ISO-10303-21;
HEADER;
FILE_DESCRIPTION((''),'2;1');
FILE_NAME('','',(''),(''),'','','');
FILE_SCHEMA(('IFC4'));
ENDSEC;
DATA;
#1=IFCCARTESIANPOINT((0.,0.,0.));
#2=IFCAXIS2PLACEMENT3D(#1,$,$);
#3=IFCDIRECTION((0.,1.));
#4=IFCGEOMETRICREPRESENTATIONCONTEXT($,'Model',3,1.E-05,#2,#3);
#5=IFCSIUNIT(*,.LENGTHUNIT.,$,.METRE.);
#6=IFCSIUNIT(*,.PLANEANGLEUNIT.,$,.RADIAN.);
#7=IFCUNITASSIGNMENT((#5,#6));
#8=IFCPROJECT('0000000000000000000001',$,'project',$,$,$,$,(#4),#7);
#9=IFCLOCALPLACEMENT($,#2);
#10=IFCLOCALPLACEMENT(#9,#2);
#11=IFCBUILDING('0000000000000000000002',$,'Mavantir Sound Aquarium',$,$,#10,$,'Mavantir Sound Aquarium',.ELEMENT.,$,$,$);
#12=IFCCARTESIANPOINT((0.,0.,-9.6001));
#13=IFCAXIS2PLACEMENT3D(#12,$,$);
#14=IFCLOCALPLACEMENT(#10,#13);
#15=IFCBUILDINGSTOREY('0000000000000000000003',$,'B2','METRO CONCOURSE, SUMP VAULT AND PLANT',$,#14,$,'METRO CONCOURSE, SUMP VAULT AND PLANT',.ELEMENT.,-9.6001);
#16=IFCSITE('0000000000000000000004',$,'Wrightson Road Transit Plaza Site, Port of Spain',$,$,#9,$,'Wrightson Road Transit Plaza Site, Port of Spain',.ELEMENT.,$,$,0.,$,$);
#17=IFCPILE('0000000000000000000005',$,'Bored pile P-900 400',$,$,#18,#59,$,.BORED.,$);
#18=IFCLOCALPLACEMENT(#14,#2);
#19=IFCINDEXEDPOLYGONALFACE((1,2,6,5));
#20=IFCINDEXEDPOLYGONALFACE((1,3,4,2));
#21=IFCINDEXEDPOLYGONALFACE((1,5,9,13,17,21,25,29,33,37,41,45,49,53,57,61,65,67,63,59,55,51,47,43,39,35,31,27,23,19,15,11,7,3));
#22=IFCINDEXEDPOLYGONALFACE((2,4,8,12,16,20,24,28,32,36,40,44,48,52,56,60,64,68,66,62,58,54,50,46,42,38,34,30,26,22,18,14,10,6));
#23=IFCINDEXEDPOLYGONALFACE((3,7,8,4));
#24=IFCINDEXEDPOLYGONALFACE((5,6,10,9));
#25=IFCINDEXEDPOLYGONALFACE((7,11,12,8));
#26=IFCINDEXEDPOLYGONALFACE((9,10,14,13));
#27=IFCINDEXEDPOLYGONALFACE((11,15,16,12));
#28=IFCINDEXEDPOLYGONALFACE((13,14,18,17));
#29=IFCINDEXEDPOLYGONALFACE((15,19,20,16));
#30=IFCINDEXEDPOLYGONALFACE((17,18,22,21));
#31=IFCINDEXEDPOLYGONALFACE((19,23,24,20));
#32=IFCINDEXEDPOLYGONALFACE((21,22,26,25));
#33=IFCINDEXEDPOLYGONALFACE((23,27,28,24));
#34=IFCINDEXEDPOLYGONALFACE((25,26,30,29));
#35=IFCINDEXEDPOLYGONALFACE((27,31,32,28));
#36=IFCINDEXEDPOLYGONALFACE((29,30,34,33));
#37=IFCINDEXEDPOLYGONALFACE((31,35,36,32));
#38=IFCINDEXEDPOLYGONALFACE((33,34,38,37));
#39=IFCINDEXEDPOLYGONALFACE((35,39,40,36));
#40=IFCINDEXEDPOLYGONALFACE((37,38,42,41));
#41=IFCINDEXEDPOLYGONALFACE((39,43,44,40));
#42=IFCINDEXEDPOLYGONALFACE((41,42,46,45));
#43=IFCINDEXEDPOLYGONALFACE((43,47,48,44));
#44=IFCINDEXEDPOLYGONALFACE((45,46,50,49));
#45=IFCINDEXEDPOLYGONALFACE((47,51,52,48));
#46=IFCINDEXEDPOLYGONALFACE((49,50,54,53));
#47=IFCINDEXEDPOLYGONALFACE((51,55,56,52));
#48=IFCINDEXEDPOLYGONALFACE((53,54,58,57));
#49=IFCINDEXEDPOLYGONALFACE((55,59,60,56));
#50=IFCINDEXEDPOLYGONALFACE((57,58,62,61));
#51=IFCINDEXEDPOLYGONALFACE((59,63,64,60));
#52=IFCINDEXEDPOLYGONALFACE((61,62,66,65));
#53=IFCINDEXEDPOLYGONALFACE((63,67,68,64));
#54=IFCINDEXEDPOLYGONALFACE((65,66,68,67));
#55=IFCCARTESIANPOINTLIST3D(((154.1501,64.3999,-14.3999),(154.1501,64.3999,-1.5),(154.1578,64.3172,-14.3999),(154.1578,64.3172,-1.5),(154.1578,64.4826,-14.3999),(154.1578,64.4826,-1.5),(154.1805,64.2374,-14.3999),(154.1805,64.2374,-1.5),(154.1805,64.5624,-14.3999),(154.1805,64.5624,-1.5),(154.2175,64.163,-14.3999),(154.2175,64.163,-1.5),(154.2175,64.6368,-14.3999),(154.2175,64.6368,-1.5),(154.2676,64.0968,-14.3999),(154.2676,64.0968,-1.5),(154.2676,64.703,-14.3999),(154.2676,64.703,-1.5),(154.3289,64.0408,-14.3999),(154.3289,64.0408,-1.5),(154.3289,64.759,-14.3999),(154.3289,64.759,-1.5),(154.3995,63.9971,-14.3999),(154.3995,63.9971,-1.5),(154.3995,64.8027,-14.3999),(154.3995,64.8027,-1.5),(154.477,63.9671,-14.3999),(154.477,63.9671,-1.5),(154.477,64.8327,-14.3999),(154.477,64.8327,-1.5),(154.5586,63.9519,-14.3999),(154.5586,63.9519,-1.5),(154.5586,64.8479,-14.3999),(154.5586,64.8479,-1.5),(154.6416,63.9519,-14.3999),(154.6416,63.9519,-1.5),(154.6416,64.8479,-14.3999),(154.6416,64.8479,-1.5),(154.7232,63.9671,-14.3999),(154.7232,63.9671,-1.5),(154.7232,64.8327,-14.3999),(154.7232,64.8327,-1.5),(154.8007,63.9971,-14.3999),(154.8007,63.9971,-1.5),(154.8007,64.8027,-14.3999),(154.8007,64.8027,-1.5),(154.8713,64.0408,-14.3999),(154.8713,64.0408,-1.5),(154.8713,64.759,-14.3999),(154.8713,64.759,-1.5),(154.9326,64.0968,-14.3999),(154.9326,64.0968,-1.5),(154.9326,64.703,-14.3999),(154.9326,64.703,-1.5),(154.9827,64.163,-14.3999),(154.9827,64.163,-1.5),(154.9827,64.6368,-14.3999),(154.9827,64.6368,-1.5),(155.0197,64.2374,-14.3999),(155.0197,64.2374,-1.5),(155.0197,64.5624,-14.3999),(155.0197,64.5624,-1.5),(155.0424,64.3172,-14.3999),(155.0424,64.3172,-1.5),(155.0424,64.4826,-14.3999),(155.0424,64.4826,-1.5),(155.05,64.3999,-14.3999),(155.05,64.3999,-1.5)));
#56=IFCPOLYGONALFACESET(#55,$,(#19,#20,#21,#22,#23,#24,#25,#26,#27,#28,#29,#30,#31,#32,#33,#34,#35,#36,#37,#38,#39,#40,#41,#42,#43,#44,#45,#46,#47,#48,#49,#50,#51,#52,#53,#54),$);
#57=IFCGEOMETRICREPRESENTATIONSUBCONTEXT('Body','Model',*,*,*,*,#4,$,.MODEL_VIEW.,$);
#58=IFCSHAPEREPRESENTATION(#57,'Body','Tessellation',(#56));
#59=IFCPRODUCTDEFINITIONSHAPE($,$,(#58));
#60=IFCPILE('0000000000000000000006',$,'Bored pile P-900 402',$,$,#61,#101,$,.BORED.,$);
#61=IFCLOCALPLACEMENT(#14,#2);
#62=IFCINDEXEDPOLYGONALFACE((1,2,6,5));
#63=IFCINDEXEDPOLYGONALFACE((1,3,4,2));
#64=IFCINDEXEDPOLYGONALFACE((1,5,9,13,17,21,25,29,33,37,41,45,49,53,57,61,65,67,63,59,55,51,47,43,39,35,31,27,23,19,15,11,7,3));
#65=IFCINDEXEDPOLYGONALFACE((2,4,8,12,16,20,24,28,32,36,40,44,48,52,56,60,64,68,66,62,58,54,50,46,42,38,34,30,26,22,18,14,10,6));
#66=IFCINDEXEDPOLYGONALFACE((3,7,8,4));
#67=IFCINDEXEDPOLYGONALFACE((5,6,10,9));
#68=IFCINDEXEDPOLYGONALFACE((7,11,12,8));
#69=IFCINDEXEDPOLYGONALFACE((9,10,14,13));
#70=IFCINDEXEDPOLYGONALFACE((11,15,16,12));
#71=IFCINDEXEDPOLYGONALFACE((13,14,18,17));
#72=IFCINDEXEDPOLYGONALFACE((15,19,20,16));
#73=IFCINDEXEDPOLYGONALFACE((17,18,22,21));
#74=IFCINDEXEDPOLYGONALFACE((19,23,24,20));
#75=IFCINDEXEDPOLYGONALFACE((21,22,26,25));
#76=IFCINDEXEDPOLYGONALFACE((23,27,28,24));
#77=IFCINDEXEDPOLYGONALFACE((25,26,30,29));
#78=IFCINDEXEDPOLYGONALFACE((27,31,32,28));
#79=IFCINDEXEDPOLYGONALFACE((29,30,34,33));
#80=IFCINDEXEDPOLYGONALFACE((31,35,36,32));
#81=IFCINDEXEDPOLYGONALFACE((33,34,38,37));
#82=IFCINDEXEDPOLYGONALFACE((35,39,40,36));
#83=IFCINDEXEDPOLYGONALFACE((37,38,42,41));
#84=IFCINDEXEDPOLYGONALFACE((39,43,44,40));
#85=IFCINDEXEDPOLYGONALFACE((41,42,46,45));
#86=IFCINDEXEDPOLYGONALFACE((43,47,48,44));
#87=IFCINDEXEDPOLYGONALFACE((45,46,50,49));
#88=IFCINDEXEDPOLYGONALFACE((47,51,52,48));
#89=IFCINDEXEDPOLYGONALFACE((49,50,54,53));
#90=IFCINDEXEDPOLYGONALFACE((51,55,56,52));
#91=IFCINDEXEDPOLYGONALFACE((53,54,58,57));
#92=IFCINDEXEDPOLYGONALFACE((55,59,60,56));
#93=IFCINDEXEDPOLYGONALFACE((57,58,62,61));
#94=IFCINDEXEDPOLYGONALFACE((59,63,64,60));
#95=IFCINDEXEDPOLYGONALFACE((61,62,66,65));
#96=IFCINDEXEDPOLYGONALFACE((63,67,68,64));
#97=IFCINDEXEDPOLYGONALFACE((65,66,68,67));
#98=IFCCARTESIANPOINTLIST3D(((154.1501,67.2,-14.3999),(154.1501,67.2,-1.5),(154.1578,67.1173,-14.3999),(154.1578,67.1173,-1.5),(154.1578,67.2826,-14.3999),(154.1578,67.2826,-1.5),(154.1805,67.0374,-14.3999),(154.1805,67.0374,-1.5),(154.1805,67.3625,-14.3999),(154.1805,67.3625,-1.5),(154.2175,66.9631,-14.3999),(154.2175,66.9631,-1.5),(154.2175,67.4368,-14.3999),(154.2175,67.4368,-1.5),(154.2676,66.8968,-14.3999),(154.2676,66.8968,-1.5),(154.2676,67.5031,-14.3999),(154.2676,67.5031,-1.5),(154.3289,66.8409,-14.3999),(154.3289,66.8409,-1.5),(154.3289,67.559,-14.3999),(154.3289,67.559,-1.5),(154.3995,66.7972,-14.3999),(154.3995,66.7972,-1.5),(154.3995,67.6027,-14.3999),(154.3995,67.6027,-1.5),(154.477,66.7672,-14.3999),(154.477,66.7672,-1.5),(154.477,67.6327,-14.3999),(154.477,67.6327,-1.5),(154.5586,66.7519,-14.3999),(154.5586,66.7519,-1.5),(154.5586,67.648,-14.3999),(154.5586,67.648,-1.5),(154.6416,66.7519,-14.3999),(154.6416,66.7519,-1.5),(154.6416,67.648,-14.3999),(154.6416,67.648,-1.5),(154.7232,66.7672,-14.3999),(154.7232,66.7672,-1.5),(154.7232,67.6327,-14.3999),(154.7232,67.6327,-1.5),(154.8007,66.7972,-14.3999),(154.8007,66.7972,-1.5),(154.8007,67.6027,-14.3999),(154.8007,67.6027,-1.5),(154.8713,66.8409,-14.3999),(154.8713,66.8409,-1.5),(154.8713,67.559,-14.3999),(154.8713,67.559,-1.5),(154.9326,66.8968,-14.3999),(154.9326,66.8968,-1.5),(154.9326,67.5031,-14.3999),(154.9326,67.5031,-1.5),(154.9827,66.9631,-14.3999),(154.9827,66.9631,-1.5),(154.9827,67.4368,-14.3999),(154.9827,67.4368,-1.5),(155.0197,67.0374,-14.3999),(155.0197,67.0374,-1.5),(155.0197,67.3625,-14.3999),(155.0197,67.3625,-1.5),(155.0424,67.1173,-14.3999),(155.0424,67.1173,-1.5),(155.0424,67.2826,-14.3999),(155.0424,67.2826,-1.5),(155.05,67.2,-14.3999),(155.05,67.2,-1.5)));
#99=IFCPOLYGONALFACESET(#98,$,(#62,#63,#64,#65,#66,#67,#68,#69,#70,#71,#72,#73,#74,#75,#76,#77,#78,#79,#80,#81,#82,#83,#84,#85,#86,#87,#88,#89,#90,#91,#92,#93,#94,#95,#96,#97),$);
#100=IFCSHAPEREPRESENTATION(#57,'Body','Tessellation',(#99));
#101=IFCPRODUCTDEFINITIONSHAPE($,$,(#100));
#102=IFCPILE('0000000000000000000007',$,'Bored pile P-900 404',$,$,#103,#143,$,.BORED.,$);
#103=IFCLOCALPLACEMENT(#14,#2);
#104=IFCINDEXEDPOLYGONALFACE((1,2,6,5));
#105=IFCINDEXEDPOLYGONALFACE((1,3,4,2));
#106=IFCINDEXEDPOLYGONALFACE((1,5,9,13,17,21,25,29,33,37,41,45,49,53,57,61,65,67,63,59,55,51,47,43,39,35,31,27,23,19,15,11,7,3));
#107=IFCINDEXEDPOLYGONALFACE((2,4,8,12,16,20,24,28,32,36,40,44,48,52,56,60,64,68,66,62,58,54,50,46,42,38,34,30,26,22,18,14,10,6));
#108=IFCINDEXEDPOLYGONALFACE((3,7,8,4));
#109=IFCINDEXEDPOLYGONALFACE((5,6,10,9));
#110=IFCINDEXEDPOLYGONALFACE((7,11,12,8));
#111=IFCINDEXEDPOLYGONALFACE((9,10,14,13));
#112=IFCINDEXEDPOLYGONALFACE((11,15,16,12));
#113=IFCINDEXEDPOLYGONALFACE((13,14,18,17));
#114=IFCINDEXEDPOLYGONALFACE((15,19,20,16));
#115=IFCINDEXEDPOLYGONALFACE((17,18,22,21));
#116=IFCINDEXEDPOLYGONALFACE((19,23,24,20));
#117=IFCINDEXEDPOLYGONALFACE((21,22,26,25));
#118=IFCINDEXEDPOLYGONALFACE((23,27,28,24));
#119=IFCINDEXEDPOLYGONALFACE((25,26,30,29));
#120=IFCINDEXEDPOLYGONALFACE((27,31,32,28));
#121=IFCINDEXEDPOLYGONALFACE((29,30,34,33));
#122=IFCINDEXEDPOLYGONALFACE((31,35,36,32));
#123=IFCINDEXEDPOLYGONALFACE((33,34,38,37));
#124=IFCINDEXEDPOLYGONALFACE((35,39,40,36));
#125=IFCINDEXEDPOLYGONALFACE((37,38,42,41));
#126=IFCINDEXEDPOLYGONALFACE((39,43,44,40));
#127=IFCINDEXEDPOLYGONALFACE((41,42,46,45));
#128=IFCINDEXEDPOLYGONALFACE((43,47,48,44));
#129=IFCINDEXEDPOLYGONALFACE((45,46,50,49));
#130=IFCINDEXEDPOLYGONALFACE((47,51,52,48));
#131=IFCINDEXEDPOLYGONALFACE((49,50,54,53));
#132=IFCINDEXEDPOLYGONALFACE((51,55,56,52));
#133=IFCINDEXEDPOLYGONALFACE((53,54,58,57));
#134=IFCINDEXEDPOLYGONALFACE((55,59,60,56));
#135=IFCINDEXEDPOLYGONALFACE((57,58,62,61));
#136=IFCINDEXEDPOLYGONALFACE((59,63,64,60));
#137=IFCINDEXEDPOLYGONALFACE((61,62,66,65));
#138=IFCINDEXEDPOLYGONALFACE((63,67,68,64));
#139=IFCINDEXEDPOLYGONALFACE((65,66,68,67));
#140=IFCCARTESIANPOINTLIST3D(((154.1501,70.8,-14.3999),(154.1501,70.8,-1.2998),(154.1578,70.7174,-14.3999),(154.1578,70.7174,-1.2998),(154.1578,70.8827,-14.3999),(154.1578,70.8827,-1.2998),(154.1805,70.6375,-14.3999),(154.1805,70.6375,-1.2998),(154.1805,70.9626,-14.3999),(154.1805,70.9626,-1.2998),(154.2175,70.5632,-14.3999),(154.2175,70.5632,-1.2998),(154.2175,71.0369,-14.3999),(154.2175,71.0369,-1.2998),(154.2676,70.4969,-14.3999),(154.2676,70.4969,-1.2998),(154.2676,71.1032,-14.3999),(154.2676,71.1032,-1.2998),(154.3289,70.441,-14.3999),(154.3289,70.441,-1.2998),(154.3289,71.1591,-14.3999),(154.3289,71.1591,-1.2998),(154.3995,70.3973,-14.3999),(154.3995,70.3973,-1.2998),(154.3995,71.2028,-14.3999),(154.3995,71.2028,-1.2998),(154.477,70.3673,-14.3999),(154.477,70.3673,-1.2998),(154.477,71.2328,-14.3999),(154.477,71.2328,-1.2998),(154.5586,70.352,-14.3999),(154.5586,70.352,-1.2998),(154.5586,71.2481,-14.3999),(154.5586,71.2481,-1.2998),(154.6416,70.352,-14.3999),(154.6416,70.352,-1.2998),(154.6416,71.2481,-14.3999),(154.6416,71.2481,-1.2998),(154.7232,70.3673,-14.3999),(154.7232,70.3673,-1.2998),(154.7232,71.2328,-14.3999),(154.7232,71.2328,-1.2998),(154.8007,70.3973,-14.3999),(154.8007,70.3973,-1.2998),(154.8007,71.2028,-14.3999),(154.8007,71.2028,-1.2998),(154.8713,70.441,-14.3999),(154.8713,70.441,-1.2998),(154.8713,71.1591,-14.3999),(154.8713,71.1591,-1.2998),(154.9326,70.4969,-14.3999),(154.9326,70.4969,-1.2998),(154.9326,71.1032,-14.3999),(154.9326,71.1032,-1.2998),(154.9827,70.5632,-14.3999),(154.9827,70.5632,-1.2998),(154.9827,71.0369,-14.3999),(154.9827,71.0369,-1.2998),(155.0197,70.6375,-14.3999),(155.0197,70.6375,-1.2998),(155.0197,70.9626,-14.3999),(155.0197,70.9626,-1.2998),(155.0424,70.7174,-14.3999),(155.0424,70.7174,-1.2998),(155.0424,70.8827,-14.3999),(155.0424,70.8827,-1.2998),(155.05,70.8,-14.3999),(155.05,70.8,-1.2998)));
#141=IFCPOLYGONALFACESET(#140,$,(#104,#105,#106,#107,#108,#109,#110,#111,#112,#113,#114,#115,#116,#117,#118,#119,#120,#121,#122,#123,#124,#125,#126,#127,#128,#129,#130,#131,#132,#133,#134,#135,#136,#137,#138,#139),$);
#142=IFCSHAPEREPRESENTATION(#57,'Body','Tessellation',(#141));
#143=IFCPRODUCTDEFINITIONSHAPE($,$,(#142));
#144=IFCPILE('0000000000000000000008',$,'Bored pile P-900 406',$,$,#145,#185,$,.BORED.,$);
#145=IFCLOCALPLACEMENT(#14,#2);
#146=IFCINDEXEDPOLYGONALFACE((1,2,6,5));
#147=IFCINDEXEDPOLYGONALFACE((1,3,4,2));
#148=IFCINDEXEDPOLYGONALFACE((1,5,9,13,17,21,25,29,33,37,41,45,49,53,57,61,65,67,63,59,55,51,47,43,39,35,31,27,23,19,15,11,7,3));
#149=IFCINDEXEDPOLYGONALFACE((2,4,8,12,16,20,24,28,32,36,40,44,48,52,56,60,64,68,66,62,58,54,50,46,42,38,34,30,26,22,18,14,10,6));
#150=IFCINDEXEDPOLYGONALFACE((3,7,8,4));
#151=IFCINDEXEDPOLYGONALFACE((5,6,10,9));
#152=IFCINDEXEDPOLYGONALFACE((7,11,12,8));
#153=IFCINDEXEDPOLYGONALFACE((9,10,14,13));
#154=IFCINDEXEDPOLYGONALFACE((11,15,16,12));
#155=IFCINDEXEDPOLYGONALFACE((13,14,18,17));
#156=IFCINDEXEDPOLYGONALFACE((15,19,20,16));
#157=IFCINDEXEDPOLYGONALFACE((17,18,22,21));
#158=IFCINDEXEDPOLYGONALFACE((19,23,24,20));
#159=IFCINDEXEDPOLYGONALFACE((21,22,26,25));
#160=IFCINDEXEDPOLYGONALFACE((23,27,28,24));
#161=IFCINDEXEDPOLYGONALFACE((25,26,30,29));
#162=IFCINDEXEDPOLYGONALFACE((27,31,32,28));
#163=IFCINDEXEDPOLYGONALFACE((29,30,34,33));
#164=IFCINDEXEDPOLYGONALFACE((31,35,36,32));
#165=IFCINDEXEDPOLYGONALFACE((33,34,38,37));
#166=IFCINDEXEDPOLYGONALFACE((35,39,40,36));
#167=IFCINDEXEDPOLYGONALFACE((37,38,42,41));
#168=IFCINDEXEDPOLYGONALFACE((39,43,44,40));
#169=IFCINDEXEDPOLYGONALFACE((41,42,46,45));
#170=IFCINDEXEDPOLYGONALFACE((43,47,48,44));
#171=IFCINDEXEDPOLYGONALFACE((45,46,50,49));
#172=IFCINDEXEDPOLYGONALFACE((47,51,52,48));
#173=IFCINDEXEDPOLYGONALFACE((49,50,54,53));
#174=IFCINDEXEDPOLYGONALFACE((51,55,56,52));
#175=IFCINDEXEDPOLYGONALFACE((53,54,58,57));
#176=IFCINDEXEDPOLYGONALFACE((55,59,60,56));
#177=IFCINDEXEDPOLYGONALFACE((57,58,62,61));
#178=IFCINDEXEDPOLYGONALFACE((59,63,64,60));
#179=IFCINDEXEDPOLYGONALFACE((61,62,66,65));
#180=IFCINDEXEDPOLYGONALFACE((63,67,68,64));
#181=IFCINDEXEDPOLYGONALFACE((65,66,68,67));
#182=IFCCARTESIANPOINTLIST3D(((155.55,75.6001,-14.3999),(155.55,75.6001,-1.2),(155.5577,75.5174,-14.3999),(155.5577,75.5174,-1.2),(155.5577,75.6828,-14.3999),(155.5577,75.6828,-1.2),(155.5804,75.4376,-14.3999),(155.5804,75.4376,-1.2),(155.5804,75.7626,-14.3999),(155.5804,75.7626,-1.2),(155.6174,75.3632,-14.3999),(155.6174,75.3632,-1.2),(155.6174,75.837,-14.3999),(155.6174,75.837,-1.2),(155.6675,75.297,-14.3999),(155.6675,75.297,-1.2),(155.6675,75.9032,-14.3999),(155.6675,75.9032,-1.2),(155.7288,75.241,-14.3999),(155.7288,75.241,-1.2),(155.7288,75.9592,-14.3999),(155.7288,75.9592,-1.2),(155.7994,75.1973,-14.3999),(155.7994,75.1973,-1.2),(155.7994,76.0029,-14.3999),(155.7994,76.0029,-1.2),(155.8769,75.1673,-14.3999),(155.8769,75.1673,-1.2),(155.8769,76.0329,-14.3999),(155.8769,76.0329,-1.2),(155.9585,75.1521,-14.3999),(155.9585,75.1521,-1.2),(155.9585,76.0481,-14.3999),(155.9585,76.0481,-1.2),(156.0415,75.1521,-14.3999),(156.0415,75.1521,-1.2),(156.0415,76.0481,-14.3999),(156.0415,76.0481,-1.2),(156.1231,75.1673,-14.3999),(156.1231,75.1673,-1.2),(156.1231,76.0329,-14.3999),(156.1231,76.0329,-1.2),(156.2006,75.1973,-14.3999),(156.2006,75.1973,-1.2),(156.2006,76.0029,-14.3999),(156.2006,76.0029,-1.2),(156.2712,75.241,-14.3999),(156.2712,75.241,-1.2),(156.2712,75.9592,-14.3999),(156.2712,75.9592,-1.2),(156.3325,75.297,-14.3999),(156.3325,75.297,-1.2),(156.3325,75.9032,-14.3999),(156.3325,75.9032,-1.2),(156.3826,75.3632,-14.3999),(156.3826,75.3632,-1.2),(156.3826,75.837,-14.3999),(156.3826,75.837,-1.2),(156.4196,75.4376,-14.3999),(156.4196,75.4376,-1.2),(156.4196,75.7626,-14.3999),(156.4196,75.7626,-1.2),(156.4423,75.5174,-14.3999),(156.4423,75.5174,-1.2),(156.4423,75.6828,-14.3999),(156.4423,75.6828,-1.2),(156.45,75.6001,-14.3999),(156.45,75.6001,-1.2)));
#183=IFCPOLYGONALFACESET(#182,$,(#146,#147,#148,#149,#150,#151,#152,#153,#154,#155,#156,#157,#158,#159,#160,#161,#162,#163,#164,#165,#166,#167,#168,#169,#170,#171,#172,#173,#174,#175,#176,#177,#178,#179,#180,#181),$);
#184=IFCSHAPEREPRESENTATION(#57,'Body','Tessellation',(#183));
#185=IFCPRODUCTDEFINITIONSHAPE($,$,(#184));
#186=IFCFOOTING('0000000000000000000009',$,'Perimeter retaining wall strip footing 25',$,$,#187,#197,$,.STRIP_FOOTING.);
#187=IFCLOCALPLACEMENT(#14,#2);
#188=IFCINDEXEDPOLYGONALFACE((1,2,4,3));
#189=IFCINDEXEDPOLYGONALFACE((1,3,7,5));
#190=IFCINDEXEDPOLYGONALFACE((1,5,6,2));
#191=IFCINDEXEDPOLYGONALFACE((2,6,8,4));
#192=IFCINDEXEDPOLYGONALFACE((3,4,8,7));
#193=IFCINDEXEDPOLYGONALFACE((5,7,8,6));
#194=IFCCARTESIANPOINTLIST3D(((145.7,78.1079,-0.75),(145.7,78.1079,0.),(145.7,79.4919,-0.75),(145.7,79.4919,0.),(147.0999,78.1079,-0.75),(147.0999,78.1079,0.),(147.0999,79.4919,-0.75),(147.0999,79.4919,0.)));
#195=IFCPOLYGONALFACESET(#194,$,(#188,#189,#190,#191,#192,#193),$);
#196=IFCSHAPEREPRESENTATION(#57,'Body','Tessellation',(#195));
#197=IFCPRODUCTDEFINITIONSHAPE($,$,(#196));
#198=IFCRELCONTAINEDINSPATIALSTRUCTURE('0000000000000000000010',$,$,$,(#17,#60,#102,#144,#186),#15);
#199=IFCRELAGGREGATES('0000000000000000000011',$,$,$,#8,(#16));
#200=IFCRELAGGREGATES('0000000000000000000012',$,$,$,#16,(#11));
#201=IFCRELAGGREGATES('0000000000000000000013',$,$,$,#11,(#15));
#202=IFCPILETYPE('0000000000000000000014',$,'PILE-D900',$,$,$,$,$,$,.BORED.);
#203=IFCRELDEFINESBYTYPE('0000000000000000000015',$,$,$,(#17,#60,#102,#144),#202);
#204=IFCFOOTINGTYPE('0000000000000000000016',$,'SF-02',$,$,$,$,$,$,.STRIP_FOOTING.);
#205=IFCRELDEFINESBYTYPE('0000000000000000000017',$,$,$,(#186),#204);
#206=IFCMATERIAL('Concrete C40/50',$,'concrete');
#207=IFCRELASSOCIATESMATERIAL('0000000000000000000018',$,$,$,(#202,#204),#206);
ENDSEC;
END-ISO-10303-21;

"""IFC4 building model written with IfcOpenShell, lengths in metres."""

from ifc_helpers import new_model, si_unit, direction, frame, origin, origin_2d, place, context, subcontext, project, spatial, rectangle, circle, extrude, material, material_profile, profile_set, type_object, element, save


model = new_model("IFC4")

# Units and contexts
model_context = context("Model", 3, precision=1e-05, world=origin(), true_north=direction((0.0, 1.0)))
body_context = subcontext(model_context, "Body", "Model", "MODEL_VIEW")
ifc_project = project(units=[si_unit("LENGTHUNIT", "METRE"), si_unit("PLANEANGLEUNIT", "RADIAN")], contexts=[model_context])

# Site, building, storey
site_placement = place(None, origin())
site = spatial("IfcSite", under=ifc_project, at=site_placement, Name="Wrightson Road Transit Plaza Site, Port of Spain", LongName="Wrightson Road Transit Plaza Site, Port of Spain", CompositionType="ELEMENT", RefElevation=0.0)
building_placement = place(site_placement, origin())
building = spatial("IfcBuilding", under=site, at=building_placement, Name="Mavantir Sound Aquarium", LongName="Mavantir Sound Aquarium", CompositionType="ELEMENT")
storey_placement = place(building_placement, frame((0.0, 0.0, -9.6001)))
storey = spatial("IfcBuildingStorey", under=building, at=storey_placement, Name="B2", Description="METRO CONCOURSE, SUMP VAULT AND PLANT", LongName="METRO CONCOURSE, SUMP VAULT AND PLANT", CompositionType="ELEMENT", Elevation=-9.6001)

# Shared definitions
ifc_material_1 = material(Name="Concrete C40/50", Category="concrete")

# Piles
ifc_material_profile_1 = material_profile(ifc_material_1, circle(Radius=0.45, at=origin_2d()), Name="PILE D900")
ifc_profile_set_1 = profile_set([ifc_material_profile_1], Name="Concrete C40/50")
pile_type = type_object("IfcPileType", Name="PILE-D900", PredefinedType="BORED", material=ifc_profile_set_1)
for number, where, z_axis, x_axis, name in (
    (1, (154.6001, 64.3999, -1.5), (0.0, 0.0, -1.0), (1.0, 0.0, 0.0), "Bored pile P-900 400"),
    (2, (154.6001, 67.2, -1.5), (0.0, 0.0, -1.0), (1.0, 0.0, 0.0), "Bored pile P-900 402"),
):
    element("IfcPile", number, at=place(storey_placement, frame(where, z_axis=z_axis, x_axis=x_axis)), inside=storey, type_object=pile_type, Name=name, PredefinedType="BORED", context=body_context, shape_type="SweptSolid", body=[
        extrude(circle(Radius=0.45, at=origin_2d()), origin(), (0.0, 0.0, 1.0), 12.8999),
    ])
pile_1_placement = place(storey_placement, frame((154.6001, 70.8, -1.2998), z_axis=(0.0, 0.0, -1.0), x_axis=(1.0, 0.0, 0.0)))
element("IfcPile", 3, at=pile_1_placement, inside=storey, type_object=pile_type, Name="Bored pile P-900 404", PredefinedType="BORED", context=body_context, shape_type="SweptSolid", body=[
    extrude(circle(Radius=0.45, at=origin_2d()), origin(), (0.0, 0.0, 1.0), 13.1001),
])
pile_2_placement = place(storey_placement, frame((156.0, 75.6001, -1.2), z_axis=(0.0, 0.0, -1.0), x_axis=(1.0, 0.0, 0.0)))
element("IfcPile", 4, at=pile_2_placement, inside=storey, type_object=pile_type, Name="Bored pile P-900 406", PredefinedType="BORED", context=body_context, shape_type="SweptSolid", body=[
    extrude(circle(Radius=0.45, at=origin_2d()), origin(), (0.0, 0.0, 1.0), 13.2),
])

# Footing
ifc_material_profile_2 = material_profile(ifc_material_1, rectangle(XDim=1.3999, YDim=0.75, at=origin_2d()), Name="RC 1400X750")
ifc_profile_set_2 = profile_set([ifc_material_profile_2], Name="Concrete C40/50")
footing_type_1 = type_object("IfcFootingType", Name="SF-02", PredefinedType="STRIP_FOOTING", material=ifc_profile_set_2)
footing_1_placement = place(storey_placement, frame((146.3999, 79.4919, -0.375), z_axis=(0.0, -1.0, 0.0), x_axis=(1.0, 0.0, 0.0)))
element("IfcFooting", 5, at=footing_1_placement, inside=storey, type_object=footing_type_1, Name="Perimeter retaining wall strip footing 25", PredefinedType="STRIP_FOOTING", context=body_context, shape_type="SweptSolid", body=[
    extrude(rectangle(XDim=1.3999, YDim=0.75, at=origin_2d()), origin(), (0.0, 0.0, 1.0), 1.384),
])

save(model, "model.ifc")
